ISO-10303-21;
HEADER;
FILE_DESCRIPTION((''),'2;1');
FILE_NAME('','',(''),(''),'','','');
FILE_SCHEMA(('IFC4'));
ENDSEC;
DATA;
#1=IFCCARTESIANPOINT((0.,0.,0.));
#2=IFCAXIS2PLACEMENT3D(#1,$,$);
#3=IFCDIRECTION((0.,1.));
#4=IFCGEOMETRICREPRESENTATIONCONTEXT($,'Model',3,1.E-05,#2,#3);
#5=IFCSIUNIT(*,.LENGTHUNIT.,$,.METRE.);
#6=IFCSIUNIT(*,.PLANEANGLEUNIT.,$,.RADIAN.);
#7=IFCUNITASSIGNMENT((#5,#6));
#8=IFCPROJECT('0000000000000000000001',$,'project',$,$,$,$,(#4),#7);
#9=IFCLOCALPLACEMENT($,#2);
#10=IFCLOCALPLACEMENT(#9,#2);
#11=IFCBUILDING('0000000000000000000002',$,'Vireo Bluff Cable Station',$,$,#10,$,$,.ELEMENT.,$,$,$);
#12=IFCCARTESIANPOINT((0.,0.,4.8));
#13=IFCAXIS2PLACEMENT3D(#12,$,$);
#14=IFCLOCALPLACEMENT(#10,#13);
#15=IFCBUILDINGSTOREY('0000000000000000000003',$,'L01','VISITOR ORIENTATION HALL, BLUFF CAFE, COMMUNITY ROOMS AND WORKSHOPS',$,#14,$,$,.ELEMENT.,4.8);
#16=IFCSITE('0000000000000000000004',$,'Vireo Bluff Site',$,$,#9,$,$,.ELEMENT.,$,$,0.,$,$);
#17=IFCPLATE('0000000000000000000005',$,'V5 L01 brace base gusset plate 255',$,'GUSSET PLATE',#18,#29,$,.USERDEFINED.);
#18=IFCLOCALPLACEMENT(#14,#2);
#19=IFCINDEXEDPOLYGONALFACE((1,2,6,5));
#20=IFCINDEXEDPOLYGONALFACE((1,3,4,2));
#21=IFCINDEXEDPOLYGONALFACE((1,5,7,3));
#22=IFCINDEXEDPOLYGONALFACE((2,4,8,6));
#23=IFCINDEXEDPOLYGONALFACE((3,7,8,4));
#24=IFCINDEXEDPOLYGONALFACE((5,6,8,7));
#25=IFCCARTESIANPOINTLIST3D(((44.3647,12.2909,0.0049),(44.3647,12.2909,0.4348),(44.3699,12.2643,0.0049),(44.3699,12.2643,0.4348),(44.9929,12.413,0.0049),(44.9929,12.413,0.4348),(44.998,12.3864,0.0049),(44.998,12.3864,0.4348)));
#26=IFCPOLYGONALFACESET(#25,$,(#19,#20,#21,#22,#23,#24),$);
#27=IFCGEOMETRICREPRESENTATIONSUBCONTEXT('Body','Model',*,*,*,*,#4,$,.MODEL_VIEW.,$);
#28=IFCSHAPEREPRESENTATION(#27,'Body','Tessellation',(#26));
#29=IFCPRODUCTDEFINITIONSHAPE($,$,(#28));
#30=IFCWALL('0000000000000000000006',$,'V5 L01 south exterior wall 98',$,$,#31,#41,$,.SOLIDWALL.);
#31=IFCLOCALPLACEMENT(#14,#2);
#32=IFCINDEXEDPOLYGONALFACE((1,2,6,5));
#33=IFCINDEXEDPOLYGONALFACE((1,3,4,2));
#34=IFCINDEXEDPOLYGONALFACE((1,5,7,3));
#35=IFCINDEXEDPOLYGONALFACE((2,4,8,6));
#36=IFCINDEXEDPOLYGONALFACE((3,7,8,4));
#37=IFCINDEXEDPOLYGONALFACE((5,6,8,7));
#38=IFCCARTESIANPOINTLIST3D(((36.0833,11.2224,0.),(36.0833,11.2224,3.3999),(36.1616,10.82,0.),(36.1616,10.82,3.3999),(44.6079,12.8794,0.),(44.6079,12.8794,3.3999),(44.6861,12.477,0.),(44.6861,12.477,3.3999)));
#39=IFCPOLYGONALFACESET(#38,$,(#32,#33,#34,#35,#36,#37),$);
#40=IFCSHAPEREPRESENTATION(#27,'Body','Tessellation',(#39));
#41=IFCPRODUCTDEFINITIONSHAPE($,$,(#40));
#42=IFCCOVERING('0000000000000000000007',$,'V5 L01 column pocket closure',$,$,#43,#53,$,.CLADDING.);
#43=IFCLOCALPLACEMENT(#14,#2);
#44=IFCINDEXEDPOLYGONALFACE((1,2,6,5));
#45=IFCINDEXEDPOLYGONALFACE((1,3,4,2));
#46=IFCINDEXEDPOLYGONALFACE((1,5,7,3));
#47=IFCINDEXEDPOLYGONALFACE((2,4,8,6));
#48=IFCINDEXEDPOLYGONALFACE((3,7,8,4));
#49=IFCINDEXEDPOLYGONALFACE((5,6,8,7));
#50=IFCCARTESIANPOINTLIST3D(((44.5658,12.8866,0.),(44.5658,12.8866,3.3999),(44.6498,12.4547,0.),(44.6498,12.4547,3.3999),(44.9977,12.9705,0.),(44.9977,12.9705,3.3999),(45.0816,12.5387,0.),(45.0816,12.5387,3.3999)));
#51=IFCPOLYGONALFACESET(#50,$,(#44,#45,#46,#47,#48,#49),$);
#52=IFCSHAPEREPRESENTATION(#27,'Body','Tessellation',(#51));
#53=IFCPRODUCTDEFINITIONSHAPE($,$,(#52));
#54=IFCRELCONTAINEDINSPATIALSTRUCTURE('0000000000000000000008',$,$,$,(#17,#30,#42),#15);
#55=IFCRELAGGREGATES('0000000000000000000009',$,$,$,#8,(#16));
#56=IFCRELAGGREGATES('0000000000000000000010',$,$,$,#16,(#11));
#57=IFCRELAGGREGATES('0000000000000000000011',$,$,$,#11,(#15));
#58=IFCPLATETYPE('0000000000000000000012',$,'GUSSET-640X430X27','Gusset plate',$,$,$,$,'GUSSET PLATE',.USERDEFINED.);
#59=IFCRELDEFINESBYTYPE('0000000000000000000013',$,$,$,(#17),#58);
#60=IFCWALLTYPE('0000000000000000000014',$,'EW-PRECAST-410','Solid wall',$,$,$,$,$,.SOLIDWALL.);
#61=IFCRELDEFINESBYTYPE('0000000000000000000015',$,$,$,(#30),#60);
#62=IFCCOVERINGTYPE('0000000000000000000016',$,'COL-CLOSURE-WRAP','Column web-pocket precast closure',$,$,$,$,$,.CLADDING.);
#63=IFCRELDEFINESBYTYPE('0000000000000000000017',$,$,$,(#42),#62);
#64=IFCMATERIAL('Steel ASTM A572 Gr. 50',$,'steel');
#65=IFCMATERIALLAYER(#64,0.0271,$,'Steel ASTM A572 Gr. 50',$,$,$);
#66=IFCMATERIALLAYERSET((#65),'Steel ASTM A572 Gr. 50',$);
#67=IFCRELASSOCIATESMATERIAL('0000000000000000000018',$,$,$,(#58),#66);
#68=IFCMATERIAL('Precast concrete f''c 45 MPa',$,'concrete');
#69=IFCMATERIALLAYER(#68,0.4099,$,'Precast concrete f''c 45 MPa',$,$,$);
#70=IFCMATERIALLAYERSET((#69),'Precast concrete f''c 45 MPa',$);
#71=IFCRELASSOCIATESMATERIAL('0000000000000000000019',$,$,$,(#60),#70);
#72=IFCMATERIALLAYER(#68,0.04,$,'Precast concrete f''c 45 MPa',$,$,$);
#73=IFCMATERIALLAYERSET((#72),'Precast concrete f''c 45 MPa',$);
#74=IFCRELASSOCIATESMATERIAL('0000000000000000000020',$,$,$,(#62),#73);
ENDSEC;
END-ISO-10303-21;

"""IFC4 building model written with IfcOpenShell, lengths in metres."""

from ifc_helpers import new_model, si_unit, direction, frame, frame_2d, origin, origin_2d, place, context, subcontext, project, spatial, rectangle, extrude, material, layer, layer_set, type_object, element, save


model = new_model("IFC4")

# Units and contexts
model_context = context("Model", 3, precision=1e-05, world=origin(), true_north=direction((0.0, 1.0)))
body_context = subcontext(model_context, "Body", "Model", "MODEL_VIEW")
ifc_project = project(units=[si_unit("LENGTHUNIT", "METRE"), si_unit("PLANEANGLEUNIT", "RADIAN")], contexts=[model_context])

# Site, building, storey
site_placement = place(None, origin())
site = spatial("IfcSite", under=ifc_project, at=site_placement, Name="Vireo Bluff Site", CompositionType="ELEMENT", RefElevation=0.0)
building_placement = place(site_placement, origin())
building = spatial("IfcBuilding", under=site, at=building_placement, Name="Vireo Bluff Cable Station", CompositionType="ELEMENT")
storey_placement = place(building_placement, frame((0.0, 0.0, 4.8)))
storey = spatial("IfcBuildingStorey", under=building, at=storey_placement, Name="L01", Description="VISITOR ORIENTATION HALL, BLUFF CAFE, COMMUNITY ROOMS AND WORKSHOPS", CompositionType="ELEMENT", Elevation=4.8)

# Plate
ifc_material_1 = material(Name="Steel ASTM A572 Gr. 50", Category="steel")
ifc_layer_1 = layer(ifc_material_1, 0.0271, Name="Steel ASTM A572 Gr. 50")
ifc_layer_set_1 = layer_set([ifc_layer_1], Name="Steel ASTM A572 Gr. 50")
plate_type_1 = type_object("IfcPlateType", Name="GUSSET-640X430X27", Description="Gusset plate", ElementType="GUSSET PLATE", PredefinedType="USERDEFINED", material=ifc_layer_set_1)
plate_1_placement = place(storey_placement, frame((44.6814, 12.3386, 0.0049), z_axis=(0.0, 0.0, 1.0), x_axis=(0.981627, 0.190809, 0.0)))
element("IfcPlate", 1, at=plate_1_placement, inside=storey, type_object=plate_type_1, Name="V5 L01 brace base gusset plate 255", ObjectType="GUSSET PLATE", PredefinedType="USERDEFINED", context=body_context, shape_type="SweptSolid", body=[
    extrude(rectangle(XDim=0.6399, YDim=0.0271, at=origin_2d()), origin(), (0.0, 0.0, 1.0), 0.4299),
])

# Wall
ifc_material_2 = material(Name="Precast concrete f'c 45 MPa", Category="concrete")
ifc_layer_2 = layer(ifc_material_2, 0.4099, Name="Precast concrete f'c 45 MPa")
ifc_layer_set_2 = layer_set([ifc_layer_2], Name="Precast concrete f'c 45 MPa")
wall_type = type_object("IfcWallType", Name="EW-PRECAST-410", Description="Solid wall", PredefinedType="SOLIDWALL", material=ifc_layer_set_2)
wall_placement = place(storey_placement, frame((44.647, 12.6782, 0.0), z_axis=(0.0, 0.0, 1.0), x_axis=(-0.981627, -0.190809, 0.0)))
element("IfcWall", 2, at=wall_placement, inside=storey, type_object=wall_type, Name="V5 L01 south exterior wall 98", PredefinedType="SOLIDWALL", context=body_context, shape_type="SweptSolid", body=[
    extrude(rectangle(XDim=8.6841, YDim=0.4099, at=frame_2d((4.342, 0.0))), origin(), (0.0, 0.0, 1.0), 3.3999),
])

# Covering
ifc_layer_3 = layer(ifc_material_2, 0.04, Name="Precast concrete f'c 45 MPa")
ifc_layer_set_3 = layer_set([ifc_layer_3], Name="Precast concrete f'c 45 MPa")
covering_type = type_object("IfcCoveringType", Name="COL-CLOSURE-WRAP", Description="Column web-pocket precast closure", PredefinedType="CLADDING", material=ifc_layer_set_3)
covering_placement = place(storey_placement, frame((44.8237, 12.7126, 0.0), z_axis=(0.0, 0.0, 1.0), x_axis=(0.981627, 0.190809, 0.0)))
element("IfcCovering", 3, at=covering_placement, inside=storey, type_object=covering_type, Name="V5 L01 column pocket closure", PredefinedType="CLADDING", context=body_context, shape_type="SweptSolid", body=[
    extrude(rectangle(XDim=0.4399, YDim=0.4399, at=origin_2d()), origin(), (0.0, 0.0, 1.0), 3.3999),
])

save(model, "model.ifc")
